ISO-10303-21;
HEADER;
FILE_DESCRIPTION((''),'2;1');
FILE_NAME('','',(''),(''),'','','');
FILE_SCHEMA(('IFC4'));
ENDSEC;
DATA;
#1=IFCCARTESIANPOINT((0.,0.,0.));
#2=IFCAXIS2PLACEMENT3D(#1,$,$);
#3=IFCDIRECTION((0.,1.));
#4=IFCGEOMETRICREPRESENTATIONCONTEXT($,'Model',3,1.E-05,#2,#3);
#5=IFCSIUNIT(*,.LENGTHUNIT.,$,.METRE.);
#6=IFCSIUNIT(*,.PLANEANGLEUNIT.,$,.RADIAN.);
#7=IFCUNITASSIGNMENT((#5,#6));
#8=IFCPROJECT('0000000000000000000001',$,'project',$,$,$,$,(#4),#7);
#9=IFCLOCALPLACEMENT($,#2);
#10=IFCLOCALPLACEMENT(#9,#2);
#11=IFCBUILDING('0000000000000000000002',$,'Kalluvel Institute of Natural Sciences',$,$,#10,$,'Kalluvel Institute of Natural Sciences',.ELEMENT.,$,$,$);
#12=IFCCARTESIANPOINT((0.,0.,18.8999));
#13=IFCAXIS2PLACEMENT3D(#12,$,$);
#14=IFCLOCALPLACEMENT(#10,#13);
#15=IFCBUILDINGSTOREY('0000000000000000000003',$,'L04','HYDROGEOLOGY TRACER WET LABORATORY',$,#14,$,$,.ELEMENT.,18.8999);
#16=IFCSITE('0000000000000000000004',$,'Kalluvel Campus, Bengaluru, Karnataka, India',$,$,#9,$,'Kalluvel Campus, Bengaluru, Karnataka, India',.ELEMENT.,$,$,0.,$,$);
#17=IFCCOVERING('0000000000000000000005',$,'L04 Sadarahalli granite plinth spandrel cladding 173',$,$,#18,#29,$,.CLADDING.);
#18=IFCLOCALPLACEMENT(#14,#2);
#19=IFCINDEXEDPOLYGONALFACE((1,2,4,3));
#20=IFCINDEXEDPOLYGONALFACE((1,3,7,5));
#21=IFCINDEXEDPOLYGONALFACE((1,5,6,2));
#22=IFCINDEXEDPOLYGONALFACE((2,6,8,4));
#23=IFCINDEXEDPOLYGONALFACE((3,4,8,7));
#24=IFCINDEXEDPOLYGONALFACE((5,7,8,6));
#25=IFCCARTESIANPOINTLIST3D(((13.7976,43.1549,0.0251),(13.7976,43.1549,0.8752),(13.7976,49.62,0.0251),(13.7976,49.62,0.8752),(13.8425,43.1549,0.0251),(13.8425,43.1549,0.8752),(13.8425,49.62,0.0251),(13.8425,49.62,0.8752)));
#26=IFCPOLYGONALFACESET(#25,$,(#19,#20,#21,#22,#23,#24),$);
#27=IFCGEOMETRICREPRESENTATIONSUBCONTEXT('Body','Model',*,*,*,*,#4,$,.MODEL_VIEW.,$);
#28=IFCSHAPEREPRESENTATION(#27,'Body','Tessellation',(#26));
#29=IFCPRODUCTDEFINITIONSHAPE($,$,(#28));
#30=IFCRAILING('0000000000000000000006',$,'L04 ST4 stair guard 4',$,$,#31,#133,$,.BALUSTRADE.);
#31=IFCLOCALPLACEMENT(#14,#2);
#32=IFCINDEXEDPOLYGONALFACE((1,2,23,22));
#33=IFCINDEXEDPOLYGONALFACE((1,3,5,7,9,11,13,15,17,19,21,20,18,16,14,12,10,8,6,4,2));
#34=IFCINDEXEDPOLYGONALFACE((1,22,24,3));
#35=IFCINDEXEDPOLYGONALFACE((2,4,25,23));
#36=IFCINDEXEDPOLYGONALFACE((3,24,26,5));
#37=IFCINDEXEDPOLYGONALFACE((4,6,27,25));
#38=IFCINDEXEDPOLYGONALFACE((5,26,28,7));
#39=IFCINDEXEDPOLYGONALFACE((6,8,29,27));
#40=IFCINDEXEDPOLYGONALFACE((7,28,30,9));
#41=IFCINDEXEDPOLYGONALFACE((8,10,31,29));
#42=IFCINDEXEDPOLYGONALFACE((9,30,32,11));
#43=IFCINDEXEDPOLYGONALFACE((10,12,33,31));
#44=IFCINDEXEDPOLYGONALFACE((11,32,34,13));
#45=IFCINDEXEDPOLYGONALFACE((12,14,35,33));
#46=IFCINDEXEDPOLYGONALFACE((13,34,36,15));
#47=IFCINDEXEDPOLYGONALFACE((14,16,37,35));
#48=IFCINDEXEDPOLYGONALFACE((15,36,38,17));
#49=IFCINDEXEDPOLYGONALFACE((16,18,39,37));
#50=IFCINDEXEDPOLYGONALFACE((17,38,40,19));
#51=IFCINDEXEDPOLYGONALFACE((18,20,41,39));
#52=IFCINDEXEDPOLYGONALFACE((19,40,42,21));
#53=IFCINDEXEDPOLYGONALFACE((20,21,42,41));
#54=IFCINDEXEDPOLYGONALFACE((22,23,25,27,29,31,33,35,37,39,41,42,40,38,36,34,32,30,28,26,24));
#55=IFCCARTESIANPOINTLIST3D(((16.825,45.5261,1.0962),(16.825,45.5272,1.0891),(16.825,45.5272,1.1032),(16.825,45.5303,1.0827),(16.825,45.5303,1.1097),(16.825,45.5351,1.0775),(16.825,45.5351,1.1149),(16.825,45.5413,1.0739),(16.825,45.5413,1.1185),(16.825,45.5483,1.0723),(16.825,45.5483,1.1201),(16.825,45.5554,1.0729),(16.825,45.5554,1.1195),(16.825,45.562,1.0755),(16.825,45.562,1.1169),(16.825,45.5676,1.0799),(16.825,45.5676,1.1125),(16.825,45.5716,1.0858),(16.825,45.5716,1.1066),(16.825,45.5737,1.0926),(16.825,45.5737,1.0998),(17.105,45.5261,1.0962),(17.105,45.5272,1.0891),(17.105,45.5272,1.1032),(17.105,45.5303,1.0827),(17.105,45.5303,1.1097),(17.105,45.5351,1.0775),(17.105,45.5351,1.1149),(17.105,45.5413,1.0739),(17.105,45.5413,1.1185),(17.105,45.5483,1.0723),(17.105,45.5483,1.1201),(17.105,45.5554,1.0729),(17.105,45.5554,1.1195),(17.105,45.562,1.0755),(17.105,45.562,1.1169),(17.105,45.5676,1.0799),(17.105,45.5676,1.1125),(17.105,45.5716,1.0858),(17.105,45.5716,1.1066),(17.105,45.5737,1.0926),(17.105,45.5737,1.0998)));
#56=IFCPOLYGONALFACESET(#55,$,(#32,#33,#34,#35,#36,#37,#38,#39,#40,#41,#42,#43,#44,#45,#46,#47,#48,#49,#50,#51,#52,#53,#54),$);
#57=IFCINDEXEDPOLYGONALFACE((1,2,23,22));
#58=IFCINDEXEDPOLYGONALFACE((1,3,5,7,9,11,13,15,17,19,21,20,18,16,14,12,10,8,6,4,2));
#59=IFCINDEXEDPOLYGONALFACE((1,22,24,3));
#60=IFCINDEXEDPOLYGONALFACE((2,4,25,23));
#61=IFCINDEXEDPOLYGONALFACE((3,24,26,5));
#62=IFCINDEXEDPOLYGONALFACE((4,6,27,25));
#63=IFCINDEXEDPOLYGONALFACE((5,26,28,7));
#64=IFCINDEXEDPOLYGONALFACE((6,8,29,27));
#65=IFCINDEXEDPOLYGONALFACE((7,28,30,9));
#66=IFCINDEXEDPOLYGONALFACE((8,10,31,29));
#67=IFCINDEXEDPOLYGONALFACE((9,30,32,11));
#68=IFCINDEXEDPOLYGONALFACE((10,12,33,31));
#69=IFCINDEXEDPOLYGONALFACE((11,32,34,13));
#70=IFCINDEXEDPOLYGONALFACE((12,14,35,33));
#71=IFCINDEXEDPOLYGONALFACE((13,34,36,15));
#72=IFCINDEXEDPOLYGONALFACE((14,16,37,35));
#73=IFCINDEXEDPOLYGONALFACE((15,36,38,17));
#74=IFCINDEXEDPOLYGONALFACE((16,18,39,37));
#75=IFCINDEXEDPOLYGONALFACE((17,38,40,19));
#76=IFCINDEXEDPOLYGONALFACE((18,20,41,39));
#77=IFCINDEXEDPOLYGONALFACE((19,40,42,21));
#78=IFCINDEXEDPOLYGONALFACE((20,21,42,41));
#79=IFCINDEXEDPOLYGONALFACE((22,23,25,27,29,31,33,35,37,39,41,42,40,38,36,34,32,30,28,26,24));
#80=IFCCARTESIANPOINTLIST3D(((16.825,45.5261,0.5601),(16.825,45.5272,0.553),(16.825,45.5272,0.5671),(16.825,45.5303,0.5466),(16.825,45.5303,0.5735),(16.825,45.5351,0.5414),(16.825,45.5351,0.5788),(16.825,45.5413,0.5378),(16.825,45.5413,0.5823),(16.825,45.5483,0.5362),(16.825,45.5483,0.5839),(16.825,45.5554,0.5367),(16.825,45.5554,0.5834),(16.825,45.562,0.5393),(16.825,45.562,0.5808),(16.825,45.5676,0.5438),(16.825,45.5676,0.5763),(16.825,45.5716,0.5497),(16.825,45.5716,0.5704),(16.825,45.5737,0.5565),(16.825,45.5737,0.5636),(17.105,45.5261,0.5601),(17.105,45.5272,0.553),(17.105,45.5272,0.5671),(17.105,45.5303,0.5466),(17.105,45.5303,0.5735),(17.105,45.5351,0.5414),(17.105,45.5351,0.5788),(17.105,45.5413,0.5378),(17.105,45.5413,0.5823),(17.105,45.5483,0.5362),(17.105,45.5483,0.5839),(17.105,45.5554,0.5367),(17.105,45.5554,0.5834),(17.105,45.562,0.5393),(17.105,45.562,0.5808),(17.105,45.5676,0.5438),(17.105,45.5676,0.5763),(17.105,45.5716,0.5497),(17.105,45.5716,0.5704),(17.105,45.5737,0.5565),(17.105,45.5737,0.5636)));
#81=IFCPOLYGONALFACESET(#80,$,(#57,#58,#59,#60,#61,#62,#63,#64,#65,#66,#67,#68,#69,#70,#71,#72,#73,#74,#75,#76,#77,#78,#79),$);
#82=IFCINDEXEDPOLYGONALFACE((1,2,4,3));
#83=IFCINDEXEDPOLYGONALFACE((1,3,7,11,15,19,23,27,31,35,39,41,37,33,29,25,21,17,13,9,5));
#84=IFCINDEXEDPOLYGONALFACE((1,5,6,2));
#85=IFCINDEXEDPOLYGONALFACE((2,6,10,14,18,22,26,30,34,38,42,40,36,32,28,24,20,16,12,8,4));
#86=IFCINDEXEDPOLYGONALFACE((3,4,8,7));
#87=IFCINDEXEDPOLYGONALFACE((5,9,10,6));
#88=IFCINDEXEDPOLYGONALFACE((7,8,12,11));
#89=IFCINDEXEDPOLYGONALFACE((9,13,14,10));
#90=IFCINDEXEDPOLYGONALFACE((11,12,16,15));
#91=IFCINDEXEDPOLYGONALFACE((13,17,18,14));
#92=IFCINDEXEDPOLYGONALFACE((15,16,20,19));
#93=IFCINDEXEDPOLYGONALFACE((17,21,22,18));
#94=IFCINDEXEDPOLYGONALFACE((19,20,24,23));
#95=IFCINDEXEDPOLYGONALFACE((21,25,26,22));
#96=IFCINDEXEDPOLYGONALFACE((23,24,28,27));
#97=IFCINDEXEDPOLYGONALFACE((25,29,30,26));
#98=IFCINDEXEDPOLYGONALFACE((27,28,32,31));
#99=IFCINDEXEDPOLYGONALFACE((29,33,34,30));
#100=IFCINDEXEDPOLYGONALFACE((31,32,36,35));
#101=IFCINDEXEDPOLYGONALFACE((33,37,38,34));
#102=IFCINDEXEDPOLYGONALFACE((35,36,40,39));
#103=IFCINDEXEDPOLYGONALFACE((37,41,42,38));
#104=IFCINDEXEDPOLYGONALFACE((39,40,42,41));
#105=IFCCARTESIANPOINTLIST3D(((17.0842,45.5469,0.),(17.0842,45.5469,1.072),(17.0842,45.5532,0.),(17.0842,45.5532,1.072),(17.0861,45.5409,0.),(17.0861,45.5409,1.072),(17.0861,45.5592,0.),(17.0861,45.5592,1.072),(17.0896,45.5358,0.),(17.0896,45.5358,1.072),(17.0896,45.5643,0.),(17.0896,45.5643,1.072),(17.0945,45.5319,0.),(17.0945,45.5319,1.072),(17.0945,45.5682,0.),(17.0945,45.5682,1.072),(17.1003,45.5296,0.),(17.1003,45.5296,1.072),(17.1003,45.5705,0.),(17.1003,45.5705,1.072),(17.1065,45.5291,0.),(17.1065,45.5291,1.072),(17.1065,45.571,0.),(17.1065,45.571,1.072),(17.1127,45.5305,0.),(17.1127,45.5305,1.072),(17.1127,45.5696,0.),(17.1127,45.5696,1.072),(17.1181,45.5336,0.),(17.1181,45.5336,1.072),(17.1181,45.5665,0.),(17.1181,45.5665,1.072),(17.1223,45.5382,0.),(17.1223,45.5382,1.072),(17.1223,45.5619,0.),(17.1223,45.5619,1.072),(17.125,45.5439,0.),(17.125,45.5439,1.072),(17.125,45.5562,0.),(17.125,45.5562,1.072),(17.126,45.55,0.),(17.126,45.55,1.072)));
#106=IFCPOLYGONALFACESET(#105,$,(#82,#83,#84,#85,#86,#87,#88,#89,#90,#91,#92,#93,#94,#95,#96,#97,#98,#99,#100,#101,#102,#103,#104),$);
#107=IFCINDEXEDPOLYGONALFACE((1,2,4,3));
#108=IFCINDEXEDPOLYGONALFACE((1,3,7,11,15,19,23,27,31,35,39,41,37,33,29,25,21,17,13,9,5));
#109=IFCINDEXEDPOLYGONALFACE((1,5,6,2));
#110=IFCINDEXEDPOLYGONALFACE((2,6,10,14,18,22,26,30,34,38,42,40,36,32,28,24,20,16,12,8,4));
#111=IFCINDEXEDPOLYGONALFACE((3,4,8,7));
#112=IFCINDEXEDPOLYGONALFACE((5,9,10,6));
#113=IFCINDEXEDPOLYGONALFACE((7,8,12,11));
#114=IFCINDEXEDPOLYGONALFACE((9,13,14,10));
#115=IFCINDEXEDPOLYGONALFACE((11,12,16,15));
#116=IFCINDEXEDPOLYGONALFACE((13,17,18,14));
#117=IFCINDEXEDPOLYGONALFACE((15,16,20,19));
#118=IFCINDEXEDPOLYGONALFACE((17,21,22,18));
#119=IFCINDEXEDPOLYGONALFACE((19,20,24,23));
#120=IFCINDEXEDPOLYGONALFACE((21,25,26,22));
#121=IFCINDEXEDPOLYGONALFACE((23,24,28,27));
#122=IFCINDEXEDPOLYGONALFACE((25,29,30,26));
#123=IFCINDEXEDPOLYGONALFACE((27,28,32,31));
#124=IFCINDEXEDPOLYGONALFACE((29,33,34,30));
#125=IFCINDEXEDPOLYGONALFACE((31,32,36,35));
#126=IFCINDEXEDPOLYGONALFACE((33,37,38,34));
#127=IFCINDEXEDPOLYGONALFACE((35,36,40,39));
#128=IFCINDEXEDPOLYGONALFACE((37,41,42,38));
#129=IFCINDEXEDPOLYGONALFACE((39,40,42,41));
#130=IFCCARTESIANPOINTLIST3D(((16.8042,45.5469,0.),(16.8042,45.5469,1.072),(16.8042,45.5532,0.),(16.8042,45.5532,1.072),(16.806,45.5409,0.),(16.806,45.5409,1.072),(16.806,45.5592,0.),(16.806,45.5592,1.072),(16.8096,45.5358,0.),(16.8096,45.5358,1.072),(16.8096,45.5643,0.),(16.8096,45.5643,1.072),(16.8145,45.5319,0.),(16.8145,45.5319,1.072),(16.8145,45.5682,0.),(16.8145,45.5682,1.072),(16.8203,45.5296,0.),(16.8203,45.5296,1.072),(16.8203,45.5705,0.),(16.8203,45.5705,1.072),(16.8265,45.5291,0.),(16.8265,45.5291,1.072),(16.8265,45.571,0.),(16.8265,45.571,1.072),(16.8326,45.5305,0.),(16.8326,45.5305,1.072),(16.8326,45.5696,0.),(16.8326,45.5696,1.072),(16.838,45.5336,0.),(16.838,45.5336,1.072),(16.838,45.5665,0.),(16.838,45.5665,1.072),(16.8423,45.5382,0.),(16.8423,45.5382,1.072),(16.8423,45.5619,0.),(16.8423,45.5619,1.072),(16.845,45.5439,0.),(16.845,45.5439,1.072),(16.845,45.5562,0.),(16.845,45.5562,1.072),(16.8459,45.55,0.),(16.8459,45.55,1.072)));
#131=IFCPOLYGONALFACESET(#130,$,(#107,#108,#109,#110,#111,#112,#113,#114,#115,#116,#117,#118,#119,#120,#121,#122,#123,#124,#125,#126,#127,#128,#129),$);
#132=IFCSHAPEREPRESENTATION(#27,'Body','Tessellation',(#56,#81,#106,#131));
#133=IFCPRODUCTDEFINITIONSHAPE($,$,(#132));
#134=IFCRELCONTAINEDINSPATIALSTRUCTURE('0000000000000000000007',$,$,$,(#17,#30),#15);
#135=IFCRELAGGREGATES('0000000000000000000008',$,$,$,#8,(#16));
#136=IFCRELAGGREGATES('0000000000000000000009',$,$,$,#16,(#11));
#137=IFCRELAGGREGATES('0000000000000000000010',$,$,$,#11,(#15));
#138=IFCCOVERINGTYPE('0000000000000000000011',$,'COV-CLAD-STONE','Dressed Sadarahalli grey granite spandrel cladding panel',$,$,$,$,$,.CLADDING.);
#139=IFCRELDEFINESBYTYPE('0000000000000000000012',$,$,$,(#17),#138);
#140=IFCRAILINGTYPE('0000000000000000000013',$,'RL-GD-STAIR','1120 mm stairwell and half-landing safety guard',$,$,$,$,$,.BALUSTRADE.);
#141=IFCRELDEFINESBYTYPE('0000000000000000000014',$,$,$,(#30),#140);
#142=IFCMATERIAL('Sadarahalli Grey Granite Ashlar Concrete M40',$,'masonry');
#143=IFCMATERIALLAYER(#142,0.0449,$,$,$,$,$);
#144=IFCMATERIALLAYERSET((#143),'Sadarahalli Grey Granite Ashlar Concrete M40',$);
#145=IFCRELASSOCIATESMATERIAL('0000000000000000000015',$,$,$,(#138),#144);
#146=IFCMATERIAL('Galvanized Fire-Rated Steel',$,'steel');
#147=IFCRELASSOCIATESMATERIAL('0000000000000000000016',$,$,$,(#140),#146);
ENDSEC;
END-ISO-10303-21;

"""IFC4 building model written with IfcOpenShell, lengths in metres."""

from ifc_helpers import new_model, si_unit, direction, frame, origin, origin_2d, place, context, subcontext, project, spatial, rectangle, circle, extrude, material, layer, layer_set, type_object, element, save


model = new_model("IFC4")

# Units and contexts
model_context = context("Model", 3, precision=1e-05, world=origin(), true_north=direction((0.0, 1.0)))
body_context = subcontext(model_context, "Body", "Model", "MODEL_VIEW")
ifc_project = project(units=[si_unit("LENGTHUNIT", "METRE"), si_unit("PLANEANGLEUNIT", "RADIAN")], contexts=[model_context])

# Site, building, storey
site_placement = place(None, origin())
site = spatial("IfcSite", under=ifc_project, at=site_placement, Name="Kalluvel Campus, Bengaluru, Karnataka, India", LongName="Kalluvel Campus, Bengaluru, Karnataka, India", CompositionType="ELEMENT", RefElevation=0.0)
building_placement = place(site_placement, origin())
building = spatial("IfcBuilding", under=site, at=building_placement, Name="Kalluvel Institute of Natural Sciences", LongName="Kalluvel Institute of Natural Sciences", CompositionType="ELEMENT")
storey_placement = place(building_placement, frame((0.0, 0.0, 18.8999)))
storey = spatial("IfcBuildingStorey", under=building, at=storey_placement, Name="L04", Description="HYDROGEOLOGY TRACER WET LABORATORY", CompositionType="ELEMENT", Elevation=18.8999)

# Shared definitions
ifc_material_1 = material(Name="Galvanized Fire-Rated Steel", Category="steel")

# Shared definitions
ifc_material_2 = material(Name="Sadarahalli Grey Granite Ashlar Concrete M40", Category="masonry")

# Covering
ifc_layer_1 = layer(ifc_material_2, 0.0449)
ifc_layer_set_1 = layer_set([ifc_layer_1], Name="Sadarahalli Grey Granite Ashlar Concrete M40")
covering_type = type_object("IfcCoveringType", Name="COV-CLAD-STONE", Description="Dressed Sadarahalli grey granite spandrel cladding panel", PredefinedType="CLADDING", material=ifc_layer_set_1)
for number, where, z_axis, x_axis, name in (
    (1, (13.8201, 46.3875, 0.0251), (0.0, 0.0, 1.0), (0.0, 1.0, 0.0), "L04 Sadarahalli granite plinth spandrel cladding 173"),
):
    element("IfcCovering", number, at=place(storey_placement, frame(where, z_axis=z_axis, x_axis=x_axis)), inside=storey, type_object=covering_type, Name=name, PredefinedType="CLADDING", context=body_context, shape_type="SweptSolid", body=[
        extrude(rectangle(XDim=6.4651, YDim=0.0449, at=origin_2d()), origin(), (0.0, 0.0, 1.0), 0.8501),
    ])

# Railing
railing_type_1 = type_object("IfcRailingType", Name="RL-GD-STAIR", Description="1120 mm stairwell and half-landing safety guard", PredefinedType="BALUSTRADE", material=ifc_material_1)
railing_1_placement = place(storey_placement, frame((17.105, 45.55, 0.0)))
element("IfcRailing", 2, at=railing_1_placement, inside=storey, type_object=railing_type_1, Name="L04 ST4 stair guard 4", PredefinedType="BALUSTRADE", context=body_context, shape_type="SweptSolid", body=[
    extrude(circle(Radius=0.0239, at=origin_2d()), frame((0.0, 0.0, 1.0962), z_axis=(-1.0, 0.0, 0.0), x_axis=(0.0, -1.0, 0.0)), (0.0, 0.0, 1.0), 0.28),
    extrude(circle(Radius=0.0239, at=origin_2d()), frame((0.0, 0.0, 0.5601), z_axis=(-1.0, 0.0, 0.0), x_axis=(0.0, -1.0, 0.0)), (0.0, 0.0, 1.0), 0.28),
    extrude(circle(Radius=0.021, at=origin_2d()), origin(), (0.0, 0.0, 1.0), 1.072),
    extrude(circle(Radius=0.021, at=origin_2d()), frame((-0.28, 0.0, 0.0)), (0.0, 0.0, 1.0), 1.072),
])

save(model, "model.ifc")
